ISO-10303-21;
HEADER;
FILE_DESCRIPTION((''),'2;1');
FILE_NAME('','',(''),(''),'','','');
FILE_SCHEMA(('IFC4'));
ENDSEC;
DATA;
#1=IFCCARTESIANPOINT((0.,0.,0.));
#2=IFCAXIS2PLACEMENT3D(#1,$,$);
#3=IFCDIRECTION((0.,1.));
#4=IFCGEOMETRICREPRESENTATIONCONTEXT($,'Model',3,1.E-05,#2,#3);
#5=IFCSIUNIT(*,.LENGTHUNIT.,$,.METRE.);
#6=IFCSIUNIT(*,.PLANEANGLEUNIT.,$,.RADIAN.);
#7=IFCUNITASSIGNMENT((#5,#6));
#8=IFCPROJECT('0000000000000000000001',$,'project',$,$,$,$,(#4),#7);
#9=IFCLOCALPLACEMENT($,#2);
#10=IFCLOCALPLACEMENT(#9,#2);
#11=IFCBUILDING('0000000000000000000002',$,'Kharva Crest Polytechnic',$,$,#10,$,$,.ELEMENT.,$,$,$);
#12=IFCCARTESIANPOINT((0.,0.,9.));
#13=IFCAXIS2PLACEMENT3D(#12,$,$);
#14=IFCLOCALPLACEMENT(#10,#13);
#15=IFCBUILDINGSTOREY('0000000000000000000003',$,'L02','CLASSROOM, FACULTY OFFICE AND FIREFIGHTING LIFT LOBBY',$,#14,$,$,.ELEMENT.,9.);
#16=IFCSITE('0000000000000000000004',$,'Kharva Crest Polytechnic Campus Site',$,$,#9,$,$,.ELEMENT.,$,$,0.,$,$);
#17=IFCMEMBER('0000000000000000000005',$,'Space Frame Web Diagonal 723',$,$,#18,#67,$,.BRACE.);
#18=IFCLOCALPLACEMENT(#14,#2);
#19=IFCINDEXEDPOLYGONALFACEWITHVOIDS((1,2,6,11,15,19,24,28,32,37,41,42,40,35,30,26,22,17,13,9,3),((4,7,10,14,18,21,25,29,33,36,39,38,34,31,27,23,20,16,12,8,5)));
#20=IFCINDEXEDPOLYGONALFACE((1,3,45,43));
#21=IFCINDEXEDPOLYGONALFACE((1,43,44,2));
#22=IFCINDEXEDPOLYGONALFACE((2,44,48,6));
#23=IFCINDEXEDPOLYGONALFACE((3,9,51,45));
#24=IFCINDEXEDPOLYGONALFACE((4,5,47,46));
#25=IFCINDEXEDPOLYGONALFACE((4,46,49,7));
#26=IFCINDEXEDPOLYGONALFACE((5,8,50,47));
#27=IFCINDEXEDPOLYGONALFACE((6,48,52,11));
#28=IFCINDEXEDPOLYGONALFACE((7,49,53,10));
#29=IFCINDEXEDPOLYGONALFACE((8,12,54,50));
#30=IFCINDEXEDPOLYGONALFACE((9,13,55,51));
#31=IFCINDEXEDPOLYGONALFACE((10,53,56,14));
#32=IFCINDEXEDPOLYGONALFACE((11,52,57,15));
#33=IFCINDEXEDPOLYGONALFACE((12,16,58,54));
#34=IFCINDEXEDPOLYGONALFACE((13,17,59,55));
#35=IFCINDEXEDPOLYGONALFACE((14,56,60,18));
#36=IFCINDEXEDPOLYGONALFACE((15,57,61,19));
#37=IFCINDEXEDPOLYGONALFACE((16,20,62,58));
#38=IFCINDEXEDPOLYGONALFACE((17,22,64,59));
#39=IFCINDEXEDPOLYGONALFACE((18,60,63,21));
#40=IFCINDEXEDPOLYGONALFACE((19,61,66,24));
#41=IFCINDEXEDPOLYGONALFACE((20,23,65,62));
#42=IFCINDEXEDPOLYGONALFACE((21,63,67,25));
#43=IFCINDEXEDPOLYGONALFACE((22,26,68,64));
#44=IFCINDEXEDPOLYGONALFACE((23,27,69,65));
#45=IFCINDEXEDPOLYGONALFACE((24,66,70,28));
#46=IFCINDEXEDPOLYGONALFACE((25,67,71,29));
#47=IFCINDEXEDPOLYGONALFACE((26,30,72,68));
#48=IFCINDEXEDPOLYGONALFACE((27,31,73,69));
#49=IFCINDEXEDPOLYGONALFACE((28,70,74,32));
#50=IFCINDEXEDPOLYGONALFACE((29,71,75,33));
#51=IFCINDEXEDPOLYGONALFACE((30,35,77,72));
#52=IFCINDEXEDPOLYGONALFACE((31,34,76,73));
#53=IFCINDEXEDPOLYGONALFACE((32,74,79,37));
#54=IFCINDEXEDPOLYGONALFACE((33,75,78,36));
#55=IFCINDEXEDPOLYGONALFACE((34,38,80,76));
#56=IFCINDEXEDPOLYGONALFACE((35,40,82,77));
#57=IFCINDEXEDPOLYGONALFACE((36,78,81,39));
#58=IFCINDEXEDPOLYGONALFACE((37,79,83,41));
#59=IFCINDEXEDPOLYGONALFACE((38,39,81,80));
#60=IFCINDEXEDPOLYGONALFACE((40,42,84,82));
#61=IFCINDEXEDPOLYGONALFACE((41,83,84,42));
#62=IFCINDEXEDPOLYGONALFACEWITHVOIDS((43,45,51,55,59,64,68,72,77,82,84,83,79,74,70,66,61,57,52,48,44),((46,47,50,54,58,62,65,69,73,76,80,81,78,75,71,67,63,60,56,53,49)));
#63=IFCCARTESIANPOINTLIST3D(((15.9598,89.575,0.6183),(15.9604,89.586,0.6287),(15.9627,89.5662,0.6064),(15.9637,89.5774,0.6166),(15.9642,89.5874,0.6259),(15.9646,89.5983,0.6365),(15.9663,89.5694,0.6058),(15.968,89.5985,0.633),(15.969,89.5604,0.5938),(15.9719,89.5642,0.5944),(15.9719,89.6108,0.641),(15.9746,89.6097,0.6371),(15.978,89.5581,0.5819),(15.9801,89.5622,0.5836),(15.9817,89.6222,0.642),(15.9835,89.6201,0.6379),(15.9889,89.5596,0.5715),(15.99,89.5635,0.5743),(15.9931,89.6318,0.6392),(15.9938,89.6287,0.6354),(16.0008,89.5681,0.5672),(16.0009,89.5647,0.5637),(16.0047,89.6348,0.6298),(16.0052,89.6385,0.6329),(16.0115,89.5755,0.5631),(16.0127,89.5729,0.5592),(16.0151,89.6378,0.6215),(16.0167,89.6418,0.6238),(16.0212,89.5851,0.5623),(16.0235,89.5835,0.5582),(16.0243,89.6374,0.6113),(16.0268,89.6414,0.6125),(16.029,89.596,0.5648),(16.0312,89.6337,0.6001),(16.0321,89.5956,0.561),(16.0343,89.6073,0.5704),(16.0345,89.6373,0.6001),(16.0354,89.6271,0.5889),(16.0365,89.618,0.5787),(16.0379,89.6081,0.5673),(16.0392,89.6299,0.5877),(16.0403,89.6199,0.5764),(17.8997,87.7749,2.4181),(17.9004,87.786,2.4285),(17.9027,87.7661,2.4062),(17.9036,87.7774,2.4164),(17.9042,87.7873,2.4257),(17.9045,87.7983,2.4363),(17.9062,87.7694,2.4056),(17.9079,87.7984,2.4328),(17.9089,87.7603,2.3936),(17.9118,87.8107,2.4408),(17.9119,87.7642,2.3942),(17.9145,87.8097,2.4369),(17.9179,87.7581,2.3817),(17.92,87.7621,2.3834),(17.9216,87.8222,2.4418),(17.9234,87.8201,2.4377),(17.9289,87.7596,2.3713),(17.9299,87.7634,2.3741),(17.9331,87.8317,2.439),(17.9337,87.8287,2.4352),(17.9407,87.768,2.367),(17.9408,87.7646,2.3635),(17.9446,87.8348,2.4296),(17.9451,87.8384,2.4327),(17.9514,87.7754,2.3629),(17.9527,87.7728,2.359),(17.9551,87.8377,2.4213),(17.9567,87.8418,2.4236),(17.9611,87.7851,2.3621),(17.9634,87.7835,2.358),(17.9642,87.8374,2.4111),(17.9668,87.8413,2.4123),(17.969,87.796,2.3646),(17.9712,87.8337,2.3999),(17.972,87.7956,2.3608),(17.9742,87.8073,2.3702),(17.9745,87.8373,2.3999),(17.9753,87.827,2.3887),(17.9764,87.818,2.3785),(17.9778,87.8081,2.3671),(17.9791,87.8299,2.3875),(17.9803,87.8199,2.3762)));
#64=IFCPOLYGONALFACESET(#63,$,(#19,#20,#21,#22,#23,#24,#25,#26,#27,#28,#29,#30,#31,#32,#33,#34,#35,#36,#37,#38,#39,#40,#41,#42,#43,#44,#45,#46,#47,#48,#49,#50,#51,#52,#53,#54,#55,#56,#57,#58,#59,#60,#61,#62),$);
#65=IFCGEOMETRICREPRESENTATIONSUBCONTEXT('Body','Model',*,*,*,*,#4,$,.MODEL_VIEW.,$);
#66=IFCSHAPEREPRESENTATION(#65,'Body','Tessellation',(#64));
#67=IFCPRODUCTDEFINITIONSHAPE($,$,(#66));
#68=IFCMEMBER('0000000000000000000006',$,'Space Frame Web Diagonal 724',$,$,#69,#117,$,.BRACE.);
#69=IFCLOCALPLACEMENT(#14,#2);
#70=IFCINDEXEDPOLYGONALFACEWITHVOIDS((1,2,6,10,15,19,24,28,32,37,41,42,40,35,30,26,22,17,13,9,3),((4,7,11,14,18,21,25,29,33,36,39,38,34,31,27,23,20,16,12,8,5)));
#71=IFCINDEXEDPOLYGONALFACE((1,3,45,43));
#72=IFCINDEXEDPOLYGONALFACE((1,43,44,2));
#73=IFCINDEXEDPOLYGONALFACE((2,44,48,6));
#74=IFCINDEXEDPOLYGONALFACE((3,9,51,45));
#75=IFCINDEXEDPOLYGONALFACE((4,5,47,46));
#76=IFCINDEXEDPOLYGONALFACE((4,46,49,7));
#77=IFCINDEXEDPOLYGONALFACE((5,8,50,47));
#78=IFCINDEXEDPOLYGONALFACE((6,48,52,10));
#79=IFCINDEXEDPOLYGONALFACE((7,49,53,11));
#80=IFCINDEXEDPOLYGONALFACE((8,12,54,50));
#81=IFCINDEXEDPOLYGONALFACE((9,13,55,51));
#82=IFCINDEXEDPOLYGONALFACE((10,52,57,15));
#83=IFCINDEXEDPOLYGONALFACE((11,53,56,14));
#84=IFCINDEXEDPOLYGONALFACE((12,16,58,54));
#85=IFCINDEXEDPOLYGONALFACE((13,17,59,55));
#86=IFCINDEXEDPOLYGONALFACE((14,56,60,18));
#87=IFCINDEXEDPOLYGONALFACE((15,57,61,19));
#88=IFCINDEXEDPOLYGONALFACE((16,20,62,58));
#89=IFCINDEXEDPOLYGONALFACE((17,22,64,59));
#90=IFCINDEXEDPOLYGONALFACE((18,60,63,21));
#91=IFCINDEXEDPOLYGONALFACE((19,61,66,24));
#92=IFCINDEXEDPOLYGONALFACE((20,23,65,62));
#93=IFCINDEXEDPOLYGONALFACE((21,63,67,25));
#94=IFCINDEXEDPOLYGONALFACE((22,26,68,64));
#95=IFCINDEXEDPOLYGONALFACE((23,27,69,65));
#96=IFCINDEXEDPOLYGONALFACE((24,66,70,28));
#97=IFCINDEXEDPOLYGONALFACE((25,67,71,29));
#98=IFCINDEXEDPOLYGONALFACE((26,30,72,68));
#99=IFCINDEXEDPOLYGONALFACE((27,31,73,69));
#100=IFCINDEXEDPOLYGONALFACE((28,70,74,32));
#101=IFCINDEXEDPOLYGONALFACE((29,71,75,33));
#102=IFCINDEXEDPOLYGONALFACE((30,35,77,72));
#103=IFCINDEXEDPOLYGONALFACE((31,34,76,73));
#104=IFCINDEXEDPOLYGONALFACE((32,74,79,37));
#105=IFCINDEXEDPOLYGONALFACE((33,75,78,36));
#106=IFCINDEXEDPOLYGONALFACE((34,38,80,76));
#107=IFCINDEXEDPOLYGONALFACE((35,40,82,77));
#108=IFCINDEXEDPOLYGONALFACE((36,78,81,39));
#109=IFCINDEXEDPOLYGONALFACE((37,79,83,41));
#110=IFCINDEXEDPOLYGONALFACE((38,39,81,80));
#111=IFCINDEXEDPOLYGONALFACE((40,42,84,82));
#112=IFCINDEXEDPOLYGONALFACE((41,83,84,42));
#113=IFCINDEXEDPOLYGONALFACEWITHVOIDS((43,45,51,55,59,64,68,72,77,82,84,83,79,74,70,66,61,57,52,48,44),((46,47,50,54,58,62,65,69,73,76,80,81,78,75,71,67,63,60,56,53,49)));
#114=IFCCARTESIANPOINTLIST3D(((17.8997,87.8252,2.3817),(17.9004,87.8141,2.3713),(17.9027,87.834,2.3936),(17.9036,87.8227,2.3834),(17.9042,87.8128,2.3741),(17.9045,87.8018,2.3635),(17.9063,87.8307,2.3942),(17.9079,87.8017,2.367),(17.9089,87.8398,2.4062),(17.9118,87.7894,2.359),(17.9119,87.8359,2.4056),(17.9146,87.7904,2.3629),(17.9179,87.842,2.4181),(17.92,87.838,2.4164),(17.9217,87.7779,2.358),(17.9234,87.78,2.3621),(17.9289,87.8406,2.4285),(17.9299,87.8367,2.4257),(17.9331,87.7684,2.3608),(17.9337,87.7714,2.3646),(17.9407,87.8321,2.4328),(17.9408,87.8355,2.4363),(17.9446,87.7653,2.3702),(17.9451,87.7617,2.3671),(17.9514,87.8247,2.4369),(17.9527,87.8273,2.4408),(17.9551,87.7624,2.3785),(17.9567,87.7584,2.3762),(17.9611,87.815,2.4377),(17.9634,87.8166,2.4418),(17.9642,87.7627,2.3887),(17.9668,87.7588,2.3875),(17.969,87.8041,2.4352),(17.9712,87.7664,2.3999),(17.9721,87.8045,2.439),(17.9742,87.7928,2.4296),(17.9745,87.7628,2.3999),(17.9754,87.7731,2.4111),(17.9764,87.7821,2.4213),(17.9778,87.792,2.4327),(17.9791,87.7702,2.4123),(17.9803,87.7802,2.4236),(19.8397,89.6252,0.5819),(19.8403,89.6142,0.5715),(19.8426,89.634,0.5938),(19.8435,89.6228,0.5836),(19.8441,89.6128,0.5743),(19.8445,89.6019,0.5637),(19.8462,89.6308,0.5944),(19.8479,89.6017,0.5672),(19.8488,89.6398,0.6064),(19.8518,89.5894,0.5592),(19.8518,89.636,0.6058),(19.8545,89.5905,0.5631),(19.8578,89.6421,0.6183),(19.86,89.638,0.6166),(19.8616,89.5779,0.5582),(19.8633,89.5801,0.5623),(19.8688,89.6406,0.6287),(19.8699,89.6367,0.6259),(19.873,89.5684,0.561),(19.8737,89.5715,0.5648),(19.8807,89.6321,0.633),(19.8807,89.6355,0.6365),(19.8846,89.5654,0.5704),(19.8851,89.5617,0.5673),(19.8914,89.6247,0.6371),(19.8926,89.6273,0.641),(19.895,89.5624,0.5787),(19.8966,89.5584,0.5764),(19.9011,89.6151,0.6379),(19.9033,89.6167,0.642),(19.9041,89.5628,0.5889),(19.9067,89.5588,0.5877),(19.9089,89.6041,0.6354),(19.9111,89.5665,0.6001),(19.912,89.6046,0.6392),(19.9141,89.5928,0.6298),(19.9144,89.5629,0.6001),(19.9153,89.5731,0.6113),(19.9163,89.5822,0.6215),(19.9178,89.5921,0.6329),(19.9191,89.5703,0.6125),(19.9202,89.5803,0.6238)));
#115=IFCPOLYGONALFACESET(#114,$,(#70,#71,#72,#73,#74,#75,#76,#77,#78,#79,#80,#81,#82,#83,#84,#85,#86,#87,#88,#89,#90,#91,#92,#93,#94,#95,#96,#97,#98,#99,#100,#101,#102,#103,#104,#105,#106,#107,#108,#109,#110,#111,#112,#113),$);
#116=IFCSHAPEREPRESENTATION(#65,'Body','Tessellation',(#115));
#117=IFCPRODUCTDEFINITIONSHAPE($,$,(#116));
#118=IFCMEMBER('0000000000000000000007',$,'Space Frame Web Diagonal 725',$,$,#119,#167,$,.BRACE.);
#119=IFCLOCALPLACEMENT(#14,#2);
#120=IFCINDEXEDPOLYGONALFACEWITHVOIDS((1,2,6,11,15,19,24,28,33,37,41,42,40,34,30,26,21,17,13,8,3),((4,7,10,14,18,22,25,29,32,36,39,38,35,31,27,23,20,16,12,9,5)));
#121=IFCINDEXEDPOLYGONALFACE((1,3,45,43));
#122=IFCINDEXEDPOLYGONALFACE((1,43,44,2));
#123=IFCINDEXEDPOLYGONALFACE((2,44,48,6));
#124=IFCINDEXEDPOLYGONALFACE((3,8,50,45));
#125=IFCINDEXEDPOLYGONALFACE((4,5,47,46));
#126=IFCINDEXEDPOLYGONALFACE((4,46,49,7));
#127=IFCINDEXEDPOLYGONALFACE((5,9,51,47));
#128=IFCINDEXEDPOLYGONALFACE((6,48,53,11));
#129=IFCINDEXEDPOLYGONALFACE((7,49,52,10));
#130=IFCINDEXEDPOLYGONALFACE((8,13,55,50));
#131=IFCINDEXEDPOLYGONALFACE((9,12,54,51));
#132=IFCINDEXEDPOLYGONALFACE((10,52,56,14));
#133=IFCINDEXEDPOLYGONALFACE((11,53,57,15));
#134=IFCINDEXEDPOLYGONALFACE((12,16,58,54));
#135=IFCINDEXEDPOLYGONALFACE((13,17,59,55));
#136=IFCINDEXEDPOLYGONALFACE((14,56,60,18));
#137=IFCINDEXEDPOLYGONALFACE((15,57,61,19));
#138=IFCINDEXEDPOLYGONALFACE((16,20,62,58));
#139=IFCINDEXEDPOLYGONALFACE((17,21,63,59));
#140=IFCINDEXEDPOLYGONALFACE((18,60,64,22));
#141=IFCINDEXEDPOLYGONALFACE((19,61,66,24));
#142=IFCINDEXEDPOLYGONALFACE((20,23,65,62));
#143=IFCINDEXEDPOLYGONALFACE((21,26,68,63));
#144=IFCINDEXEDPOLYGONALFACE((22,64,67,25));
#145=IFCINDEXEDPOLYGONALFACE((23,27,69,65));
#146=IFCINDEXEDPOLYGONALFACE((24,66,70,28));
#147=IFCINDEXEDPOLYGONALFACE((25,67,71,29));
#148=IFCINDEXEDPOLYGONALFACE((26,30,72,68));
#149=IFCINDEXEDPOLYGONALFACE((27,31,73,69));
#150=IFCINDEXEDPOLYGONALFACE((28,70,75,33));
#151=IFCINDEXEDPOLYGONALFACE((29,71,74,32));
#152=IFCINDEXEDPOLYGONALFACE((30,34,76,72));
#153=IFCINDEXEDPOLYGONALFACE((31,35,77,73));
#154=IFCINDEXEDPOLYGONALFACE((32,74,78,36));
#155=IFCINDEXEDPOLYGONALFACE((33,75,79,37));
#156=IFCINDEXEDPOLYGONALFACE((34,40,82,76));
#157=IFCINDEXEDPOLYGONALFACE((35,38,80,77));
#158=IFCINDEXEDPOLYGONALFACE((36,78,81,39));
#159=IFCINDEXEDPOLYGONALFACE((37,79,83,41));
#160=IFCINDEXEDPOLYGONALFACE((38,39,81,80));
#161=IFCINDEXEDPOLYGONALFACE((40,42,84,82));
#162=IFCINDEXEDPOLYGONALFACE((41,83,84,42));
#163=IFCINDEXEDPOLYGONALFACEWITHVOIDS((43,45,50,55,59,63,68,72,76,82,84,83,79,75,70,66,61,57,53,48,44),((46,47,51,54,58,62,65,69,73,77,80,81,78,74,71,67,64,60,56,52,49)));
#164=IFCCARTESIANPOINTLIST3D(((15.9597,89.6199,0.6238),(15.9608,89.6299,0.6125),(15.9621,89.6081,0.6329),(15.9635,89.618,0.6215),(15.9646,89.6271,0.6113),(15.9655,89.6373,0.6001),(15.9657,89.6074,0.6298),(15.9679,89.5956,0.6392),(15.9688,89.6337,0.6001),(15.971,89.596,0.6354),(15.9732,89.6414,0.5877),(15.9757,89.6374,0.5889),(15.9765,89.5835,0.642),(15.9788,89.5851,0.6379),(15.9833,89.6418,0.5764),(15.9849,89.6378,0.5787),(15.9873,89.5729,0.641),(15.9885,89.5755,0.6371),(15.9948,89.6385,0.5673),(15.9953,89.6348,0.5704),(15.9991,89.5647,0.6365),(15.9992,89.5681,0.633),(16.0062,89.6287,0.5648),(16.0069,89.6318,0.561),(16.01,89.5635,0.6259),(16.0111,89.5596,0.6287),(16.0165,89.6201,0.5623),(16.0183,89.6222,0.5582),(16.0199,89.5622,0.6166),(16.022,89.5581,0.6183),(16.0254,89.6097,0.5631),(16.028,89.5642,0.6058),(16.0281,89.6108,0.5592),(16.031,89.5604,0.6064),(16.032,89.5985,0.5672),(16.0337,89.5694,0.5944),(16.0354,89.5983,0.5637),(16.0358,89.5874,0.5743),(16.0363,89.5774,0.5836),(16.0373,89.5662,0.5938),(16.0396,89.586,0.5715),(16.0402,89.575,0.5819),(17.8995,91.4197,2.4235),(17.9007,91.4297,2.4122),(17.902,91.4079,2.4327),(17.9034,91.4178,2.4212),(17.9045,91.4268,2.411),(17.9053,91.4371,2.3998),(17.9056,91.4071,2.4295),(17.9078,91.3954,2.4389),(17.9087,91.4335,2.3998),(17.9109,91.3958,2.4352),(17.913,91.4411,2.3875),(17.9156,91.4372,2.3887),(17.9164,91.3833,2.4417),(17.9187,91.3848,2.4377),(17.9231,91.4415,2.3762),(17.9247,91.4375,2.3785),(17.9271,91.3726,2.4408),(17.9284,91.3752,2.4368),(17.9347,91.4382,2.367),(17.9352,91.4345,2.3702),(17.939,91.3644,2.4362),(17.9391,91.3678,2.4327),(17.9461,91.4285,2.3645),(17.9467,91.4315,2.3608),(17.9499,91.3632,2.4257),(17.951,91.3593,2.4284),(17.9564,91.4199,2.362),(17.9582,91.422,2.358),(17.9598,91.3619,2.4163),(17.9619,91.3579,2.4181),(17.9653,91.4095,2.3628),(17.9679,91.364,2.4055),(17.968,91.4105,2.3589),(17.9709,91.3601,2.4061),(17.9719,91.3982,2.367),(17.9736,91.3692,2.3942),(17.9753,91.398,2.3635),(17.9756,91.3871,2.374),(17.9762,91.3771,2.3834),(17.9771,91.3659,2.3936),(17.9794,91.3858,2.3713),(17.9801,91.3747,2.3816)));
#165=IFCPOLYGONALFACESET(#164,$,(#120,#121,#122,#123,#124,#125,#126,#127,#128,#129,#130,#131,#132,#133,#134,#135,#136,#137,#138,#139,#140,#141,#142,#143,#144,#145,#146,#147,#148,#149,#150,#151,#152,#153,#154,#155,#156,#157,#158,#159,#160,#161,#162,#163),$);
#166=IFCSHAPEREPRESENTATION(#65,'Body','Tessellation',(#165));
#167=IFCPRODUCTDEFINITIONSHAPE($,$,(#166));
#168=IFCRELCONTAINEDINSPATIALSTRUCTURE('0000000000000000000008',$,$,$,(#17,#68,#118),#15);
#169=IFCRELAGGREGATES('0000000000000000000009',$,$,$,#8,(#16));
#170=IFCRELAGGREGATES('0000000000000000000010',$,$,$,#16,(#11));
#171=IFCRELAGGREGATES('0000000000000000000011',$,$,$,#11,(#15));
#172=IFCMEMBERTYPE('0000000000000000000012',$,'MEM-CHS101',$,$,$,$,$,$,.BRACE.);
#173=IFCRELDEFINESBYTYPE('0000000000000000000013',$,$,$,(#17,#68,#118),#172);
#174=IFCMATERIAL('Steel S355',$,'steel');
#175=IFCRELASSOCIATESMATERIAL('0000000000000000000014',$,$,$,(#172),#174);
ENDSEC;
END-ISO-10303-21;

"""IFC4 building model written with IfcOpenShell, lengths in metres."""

from ifc_helpers import new_model, si_unit, direction, frame, origin, origin_2d, place, context, subcontext, project, spatial, hollow_circle, extrude, material, material_profile, profile_set, type_object, element, save


model = new_model("IFC4")

# Units and contexts
model_context = context("Model", 3, precision=1e-05, world=origin(), true_north=direction((0.0, 1.0)))
body_context = subcontext(model_context, "Body", "Model", "MODEL_VIEW")
ifc_project = project(units=[si_unit("LENGTHUNIT", "METRE"), si_unit("PLANEANGLEUNIT", "RADIAN")], contexts=[model_context])

# Site, building, storey
site_placement = place(None, origin())
site = spatial("IfcSite", under=ifc_project, at=site_placement, Name="Kharva Crest Polytechnic Campus Site", CompositionType="ELEMENT", RefElevation=0.0)
building_placement = place(site_placement, origin())
building = spatial("IfcBuilding", under=site, at=building_placement, Name="Kharva Crest Polytechnic", CompositionType="ELEMENT")
storey_placement = place(building_placement, frame((0.0, 0.0, 9.0)))
storey = spatial("IfcBuildingStorey", under=building, at=storey_placement, Name="L02", Description="CLASSROOM, FACULTY OFFICE AND FIREFIGHTING LIFT LOBBY", CompositionType="ELEMENT", Elevation=9.0)

# Shared definitions
ifc_material_1 = material(Name="Steel S355", Category="steel")

# Members
ifc_material_profile_1 = material_profile(ifc_material_1, hollow_circle(Radius=0.0508, WallThickness=0.0049, at=origin_2d()), Name="CHS 101.6X5.0")
ifc_profile_set_1 = profile_set([ifc_material_profile_1], Name="Steel S355")
member_type_1 = type_object("IfcMemberType", Name="MEM-CHS101", PredefinedType="BRACE", material=ifc_profile_set_1)
for number, where, z_axis, x_axis, name in (
    (1, (16.0, 89.6001, 0.6001), (0.606147, -0.562437, 0.562361), (0.680182, 0.733043, 0.0), "Space Frame Web Diagonal 723"),
    (2, (19.8799, 89.6001, 0.6001), (-0.606147, -0.562437, 0.562361), (0.680182, -0.733043, 0.0), "Space Frame Web Diagonal 724"),
):
    element("IfcMember", number, at=place(storey_placement, frame(where, z_axis=z_axis, x_axis=x_axis)), inside=storey, type_object=member_type_1, Name=name, PredefinedType="BRACE", context=body_context, shape_type="SweptSolid", body=[
        extrude(hollow_circle(Radius=0.0508, WallThickness=0.0049, at=origin_2d()), origin(), (0.0, 0.0, 1.0), 3.2004),
    ])
for number, where, z_axis, x_axis, name in (
    (3, (16.0, 89.6001, 0.6001), (0.606173, 0.562385, 0.562385), (-0.680133, 0.733089, 0.0), "Space Frame Web Diagonal 725"),
):
    element("IfcMember", number, at=place(storey_placement, frame(where, z_axis=z_axis, x_axis=x_axis)), inside=storey, type_object=member_type_1, Name=name, PredefinedType="BRACE", context=body_context, shape_type="SweptSolid", body=[
        extrude(hollow_circle(Radius=0.0508, WallThickness=0.0049, at=origin_2d()), origin(), (0.0, 0.0, 1.0), 3.2002),
    ])

save(model, "model.ifc")
